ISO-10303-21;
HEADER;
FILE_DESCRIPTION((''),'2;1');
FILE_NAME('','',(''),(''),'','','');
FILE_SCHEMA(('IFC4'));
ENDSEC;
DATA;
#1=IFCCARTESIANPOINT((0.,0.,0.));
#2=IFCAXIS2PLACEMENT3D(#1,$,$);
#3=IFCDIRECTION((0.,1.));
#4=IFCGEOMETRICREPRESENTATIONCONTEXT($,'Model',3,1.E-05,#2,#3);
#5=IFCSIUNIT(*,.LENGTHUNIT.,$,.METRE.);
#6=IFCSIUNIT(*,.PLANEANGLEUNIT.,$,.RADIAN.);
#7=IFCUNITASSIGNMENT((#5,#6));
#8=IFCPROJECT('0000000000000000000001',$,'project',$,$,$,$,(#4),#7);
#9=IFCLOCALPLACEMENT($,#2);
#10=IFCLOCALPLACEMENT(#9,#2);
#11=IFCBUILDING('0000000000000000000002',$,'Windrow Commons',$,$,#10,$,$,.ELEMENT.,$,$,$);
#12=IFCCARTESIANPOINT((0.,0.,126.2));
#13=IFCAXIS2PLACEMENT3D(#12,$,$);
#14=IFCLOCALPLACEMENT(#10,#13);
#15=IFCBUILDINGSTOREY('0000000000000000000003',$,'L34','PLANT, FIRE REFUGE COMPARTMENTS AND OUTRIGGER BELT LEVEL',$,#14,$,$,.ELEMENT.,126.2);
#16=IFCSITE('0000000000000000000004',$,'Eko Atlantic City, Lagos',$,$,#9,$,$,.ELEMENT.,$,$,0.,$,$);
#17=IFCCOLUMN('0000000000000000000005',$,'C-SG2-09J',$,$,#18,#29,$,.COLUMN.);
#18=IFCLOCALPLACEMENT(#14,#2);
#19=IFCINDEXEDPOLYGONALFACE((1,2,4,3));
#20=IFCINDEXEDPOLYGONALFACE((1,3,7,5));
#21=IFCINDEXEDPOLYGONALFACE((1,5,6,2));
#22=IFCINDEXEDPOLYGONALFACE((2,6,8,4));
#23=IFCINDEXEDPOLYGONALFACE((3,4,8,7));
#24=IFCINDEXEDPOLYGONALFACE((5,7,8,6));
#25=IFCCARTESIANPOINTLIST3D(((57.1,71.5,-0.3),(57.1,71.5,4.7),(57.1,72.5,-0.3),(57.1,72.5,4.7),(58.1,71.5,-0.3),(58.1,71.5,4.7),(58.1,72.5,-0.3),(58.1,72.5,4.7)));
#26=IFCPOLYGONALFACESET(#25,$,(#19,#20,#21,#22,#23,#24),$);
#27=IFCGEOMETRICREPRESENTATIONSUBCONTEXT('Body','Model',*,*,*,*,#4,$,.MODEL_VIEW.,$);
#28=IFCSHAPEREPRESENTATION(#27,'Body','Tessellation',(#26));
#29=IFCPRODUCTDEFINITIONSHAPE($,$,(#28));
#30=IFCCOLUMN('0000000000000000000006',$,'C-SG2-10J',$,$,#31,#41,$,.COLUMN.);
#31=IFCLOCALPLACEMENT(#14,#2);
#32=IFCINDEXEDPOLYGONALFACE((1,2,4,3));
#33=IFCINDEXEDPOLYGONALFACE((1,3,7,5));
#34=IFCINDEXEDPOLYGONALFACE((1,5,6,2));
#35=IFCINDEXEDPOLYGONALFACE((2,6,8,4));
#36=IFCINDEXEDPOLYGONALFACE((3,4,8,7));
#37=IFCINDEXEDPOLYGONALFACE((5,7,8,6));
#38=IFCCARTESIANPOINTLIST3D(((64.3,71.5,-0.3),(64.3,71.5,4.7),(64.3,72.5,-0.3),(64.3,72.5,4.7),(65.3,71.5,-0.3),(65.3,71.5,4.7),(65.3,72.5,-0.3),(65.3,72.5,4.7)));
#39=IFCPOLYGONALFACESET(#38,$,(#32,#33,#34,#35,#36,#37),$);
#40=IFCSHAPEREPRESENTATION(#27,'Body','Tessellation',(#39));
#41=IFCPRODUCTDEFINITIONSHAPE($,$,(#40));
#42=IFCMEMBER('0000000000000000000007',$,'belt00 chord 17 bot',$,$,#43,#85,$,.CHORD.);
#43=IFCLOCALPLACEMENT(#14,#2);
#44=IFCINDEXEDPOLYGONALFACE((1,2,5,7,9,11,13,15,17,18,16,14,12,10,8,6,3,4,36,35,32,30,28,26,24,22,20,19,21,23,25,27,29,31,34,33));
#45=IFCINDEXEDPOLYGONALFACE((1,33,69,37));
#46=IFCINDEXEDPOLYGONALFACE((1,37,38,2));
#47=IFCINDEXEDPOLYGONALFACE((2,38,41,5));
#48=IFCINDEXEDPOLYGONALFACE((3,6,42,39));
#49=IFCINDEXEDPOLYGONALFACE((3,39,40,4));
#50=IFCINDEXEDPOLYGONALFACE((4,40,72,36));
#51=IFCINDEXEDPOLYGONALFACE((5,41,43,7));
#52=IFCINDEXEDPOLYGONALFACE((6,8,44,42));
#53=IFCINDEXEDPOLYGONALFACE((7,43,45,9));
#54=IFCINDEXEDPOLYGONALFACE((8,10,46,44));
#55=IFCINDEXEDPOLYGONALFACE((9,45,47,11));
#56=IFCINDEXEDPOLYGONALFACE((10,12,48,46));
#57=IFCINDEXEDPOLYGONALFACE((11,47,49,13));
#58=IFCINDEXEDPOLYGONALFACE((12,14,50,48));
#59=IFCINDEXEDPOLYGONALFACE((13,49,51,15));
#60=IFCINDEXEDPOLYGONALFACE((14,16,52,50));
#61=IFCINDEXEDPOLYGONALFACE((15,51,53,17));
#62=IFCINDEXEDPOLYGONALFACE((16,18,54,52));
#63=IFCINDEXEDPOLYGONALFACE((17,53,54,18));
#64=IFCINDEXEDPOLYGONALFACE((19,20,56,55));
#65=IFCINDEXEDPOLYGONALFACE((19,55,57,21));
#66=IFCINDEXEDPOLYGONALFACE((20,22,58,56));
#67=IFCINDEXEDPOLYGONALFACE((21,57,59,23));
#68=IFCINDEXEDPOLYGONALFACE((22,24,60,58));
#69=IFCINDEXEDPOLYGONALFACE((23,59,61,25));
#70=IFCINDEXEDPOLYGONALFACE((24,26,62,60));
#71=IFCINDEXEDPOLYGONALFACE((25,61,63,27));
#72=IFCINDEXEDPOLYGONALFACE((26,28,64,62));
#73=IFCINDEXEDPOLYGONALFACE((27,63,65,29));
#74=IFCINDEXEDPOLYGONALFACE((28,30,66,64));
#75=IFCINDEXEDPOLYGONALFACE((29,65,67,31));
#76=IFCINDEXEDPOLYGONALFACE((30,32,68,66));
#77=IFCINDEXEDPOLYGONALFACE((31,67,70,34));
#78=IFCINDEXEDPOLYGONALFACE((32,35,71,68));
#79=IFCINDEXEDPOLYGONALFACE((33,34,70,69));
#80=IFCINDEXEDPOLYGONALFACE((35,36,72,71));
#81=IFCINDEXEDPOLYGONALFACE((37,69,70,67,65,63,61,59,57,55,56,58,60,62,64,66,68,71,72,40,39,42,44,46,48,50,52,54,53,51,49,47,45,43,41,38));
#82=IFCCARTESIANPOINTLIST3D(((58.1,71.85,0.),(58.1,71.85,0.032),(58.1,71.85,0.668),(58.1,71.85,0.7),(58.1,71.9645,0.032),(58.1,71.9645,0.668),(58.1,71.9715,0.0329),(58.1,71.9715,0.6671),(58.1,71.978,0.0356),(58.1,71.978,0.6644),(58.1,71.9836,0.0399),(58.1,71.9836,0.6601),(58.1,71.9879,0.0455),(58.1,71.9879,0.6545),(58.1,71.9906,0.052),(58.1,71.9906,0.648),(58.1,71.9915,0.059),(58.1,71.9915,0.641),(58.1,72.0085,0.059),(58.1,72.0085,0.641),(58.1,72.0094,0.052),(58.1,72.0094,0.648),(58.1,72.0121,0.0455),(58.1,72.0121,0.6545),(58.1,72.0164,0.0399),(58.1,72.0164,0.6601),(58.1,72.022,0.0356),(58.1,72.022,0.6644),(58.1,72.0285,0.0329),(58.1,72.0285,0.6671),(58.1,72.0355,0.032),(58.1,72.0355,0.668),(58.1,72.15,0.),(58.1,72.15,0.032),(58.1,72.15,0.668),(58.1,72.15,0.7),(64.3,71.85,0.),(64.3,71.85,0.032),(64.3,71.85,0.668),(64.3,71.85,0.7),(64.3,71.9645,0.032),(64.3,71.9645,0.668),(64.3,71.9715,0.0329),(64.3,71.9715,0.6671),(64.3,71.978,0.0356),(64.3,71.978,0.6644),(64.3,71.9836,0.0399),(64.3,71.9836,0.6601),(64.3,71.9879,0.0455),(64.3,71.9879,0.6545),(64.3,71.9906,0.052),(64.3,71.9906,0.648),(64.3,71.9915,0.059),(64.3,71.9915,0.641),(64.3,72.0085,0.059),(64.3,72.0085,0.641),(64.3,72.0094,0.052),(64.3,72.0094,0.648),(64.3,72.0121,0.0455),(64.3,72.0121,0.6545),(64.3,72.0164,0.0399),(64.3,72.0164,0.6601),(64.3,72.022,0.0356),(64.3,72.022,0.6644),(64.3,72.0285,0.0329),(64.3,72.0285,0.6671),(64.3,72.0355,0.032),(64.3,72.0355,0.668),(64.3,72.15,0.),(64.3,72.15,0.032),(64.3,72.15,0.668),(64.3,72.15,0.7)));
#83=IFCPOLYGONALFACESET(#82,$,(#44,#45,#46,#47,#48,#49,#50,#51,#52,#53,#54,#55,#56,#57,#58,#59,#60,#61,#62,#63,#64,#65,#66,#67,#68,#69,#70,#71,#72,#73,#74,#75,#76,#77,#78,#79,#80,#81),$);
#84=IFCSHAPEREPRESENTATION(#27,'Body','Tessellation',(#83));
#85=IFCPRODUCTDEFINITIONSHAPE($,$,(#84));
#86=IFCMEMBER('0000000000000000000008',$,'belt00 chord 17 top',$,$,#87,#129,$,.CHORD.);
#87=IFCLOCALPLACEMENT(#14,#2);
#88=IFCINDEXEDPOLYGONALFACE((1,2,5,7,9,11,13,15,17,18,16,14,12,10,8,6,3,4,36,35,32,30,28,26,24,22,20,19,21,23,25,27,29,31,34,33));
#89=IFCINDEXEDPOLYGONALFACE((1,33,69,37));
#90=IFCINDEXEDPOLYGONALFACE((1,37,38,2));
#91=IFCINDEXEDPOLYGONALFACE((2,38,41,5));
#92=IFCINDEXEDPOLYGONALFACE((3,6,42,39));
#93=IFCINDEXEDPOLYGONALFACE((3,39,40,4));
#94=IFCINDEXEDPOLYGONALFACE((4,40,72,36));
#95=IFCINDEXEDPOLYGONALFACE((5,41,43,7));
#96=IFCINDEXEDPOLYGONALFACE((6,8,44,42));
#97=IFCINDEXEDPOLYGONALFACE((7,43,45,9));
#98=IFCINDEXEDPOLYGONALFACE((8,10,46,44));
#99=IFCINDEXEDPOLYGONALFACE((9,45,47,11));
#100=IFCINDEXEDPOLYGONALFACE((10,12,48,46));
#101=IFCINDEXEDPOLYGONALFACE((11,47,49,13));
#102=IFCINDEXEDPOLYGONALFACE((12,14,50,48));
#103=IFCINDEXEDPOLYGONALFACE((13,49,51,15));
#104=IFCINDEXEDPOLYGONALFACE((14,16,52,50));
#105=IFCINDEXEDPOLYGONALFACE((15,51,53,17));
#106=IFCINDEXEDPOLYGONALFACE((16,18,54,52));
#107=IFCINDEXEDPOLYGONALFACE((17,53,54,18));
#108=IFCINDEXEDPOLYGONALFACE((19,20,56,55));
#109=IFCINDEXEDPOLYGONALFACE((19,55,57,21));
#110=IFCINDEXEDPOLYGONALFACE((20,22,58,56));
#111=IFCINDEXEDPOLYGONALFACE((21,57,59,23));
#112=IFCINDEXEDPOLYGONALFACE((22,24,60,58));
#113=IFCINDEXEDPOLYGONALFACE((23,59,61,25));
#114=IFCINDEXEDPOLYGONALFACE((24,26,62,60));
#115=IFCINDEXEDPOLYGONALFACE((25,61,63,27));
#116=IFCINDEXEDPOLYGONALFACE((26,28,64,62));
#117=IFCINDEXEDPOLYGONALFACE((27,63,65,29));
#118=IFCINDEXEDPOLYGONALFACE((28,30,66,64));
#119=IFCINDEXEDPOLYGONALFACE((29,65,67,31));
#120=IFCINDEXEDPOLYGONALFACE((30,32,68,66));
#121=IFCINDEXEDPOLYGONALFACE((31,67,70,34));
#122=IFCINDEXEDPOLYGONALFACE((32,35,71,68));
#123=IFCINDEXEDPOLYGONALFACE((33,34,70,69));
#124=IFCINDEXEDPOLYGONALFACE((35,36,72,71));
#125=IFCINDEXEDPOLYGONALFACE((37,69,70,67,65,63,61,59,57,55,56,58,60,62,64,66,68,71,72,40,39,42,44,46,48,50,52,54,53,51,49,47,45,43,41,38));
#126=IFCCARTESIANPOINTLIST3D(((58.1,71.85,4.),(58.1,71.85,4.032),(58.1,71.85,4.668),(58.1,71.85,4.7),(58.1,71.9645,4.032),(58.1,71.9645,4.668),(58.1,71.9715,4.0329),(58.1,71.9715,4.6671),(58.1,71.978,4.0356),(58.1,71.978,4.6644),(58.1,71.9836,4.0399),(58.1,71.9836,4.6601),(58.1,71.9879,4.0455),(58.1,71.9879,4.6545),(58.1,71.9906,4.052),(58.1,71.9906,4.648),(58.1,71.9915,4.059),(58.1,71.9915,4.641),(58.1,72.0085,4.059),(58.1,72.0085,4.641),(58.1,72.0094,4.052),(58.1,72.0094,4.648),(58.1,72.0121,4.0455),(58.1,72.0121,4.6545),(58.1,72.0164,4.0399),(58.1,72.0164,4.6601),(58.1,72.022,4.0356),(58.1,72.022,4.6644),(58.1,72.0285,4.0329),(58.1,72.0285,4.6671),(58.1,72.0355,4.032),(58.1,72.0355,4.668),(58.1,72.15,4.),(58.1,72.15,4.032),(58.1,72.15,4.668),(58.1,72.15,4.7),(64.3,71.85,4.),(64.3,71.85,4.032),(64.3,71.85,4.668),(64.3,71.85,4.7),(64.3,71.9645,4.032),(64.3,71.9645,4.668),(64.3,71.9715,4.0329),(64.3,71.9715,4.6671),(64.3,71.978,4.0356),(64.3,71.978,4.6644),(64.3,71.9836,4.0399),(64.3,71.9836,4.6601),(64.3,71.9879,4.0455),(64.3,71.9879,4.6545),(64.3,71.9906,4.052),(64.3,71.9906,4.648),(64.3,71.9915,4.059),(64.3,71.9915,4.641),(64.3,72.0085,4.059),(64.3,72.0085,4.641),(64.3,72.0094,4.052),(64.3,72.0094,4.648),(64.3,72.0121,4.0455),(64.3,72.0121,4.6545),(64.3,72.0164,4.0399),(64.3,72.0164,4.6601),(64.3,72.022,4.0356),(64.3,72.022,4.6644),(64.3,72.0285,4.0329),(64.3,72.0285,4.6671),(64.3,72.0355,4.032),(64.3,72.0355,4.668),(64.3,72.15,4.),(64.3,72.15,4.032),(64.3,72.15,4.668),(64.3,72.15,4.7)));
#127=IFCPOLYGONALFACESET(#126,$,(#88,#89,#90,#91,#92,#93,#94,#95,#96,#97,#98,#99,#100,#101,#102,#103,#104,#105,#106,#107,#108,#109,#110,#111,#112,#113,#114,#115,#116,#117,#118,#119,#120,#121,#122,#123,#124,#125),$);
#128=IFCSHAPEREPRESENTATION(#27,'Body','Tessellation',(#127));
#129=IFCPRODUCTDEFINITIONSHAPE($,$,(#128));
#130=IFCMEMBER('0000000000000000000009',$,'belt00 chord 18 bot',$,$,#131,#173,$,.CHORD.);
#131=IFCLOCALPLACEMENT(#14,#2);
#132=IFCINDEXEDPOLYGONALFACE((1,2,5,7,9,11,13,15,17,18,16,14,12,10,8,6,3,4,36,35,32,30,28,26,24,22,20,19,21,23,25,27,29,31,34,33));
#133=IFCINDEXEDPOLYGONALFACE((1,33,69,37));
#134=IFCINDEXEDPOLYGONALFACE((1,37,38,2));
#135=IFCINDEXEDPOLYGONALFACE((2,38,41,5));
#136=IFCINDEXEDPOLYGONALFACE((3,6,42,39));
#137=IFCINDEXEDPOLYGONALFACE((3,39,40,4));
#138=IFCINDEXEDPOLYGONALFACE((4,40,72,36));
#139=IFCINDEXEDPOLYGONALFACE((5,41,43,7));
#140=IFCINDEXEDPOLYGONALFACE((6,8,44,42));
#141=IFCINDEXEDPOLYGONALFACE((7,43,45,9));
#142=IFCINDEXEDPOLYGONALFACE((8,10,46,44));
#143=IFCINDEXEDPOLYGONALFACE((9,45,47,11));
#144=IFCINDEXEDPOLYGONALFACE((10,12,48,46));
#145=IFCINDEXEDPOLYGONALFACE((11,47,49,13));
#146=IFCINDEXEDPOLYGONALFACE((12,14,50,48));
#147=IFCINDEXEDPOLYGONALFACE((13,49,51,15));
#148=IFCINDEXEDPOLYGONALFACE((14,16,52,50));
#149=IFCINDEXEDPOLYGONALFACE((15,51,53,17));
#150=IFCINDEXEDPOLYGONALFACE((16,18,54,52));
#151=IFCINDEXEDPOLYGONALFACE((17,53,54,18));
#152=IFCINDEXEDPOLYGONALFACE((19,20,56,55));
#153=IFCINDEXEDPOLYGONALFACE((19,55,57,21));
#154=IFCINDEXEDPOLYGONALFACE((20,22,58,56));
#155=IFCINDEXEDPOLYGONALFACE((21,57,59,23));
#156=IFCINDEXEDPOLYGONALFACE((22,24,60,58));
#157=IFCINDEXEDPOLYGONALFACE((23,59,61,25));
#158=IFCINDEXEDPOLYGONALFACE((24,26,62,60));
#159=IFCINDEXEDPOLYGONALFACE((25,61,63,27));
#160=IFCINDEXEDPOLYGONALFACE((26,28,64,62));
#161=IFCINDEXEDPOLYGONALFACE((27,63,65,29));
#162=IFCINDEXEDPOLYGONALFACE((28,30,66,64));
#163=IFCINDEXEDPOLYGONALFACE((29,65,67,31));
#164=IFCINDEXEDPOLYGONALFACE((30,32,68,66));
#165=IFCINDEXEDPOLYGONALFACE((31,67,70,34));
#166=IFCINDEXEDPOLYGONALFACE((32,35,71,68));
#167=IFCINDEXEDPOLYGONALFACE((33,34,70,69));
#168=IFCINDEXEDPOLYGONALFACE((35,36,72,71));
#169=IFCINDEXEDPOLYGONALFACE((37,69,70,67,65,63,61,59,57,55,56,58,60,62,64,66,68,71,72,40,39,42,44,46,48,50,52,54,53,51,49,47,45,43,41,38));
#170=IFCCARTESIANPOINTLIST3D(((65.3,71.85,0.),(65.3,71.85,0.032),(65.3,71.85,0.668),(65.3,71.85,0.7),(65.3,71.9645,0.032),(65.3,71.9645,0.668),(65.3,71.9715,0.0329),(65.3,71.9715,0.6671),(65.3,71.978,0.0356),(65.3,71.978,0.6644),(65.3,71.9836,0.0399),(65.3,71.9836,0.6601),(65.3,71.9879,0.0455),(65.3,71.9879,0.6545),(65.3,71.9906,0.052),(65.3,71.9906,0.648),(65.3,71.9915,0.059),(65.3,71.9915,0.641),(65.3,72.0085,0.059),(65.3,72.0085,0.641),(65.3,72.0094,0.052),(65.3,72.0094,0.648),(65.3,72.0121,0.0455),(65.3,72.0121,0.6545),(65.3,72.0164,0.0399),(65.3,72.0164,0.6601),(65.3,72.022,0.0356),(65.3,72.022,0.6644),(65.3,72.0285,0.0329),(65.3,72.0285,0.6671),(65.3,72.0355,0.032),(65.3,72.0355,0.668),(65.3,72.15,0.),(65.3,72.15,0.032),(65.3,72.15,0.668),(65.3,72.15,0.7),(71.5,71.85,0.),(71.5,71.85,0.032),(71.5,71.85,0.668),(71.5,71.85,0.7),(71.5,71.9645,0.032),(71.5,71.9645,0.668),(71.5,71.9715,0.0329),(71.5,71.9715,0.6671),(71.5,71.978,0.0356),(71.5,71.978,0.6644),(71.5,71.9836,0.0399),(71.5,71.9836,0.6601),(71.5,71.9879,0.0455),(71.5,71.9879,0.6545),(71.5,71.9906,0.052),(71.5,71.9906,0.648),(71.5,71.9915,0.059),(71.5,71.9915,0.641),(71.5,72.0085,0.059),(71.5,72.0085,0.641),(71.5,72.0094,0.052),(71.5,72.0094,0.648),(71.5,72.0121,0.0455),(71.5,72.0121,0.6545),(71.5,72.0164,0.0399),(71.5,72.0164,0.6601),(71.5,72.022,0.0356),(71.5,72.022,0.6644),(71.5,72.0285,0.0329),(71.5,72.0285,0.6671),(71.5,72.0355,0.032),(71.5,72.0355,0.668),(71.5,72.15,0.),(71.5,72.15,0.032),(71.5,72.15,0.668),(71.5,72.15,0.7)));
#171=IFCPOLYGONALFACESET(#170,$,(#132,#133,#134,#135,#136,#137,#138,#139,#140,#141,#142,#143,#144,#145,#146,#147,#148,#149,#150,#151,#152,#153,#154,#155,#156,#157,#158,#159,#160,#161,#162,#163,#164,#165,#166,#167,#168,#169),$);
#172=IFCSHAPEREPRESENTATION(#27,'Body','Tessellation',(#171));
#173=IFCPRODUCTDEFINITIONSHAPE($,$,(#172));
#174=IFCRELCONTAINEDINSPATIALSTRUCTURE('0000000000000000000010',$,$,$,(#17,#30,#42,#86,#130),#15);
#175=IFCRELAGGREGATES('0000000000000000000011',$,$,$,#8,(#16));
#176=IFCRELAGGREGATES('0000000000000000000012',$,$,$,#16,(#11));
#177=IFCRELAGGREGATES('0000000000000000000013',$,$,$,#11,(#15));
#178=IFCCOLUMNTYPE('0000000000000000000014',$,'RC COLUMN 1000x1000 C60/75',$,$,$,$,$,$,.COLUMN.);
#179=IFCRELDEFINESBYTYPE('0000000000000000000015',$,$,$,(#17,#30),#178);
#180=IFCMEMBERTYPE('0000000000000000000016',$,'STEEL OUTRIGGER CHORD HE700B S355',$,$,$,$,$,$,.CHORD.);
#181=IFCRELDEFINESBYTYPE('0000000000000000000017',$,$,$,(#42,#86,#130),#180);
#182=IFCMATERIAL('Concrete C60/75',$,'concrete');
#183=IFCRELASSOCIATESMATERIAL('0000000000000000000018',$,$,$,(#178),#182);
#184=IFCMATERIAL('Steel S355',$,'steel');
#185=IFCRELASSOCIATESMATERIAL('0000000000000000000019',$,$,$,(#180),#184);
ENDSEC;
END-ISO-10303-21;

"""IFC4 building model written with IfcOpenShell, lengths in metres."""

from ifc_helpers import new_model, si_unit, direction, frame, origin, origin_2d, place, context, subcontext, project, spatial, rectangle, i_section, extrude, material, material_profile, profile_set, type_object, element, save


model = new_model("IFC4")

# Units and contexts
model_context = context("Model", 3, precision=1e-05, world=origin(), true_north=direction((0.0, 1.0)))
body_context = subcontext(model_context, "Body", "Model", "MODEL_VIEW")
ifc_project = project(units=[si_unit("LENGTHUNIT", "METRE"), si_unit("PLANEANGLEUNIT", "RADIAN")], contexts=[model_context])

# Site, building, storey
site_placement = place(None, origin())
site = spatial("IfcSite", under=ifc_project, at=site_placement, Name="Eko Atlantic City, Lagos", CompositionType="ELEMENT", RefElevation=0.0)
building_placement = place(site_placement, origin())
building = spatial("IfcBuilding", under=site, at=building_placement, Name="Windrow Commons", CompositionType="ELEMENT")
storey_placement = place(building_placement, frame((0.0, 0.0, 126.2)))
storey = spatial("IfcBuildingStorey", under=building, at=storey_placement, Name="L34", Description="PLANT, FIRE REFUGE COMPARTMENTS AND OUTRIGGER BELT LEVEL", CompositionType="ELEMENT", Elevation=126.2)

# Columns
ifc_material_1 = material(Name="Concrete C60/75", Category="concrete")
ifc_material_profile_1 = material_profile(ifc_material_1, rectangle(XDim=1.0, YDim=1.0, at=origin_2d()))
ifc_profile_set_1 = profile_set([ifc_material_profile_1], Name="Concrete C60/75")
column_type = type_object("IfcColumnType", Name="RC COLUMN 1000x1000 C60/75", PredefinedType="COLUMN", material=ifc_profile_set_1)
for number, where, z_axis, x_axis, name in (
    (1, (57.6, 72.0, -0.3), (0.0, 0.0, 1.0), (1.0, 0.0, 0.0), "C-SG2-09J"),
    (2, (64.8, 72.0, -0.3), (0.0, 0.0, 1.0), (1.0, 0.0, 0.0), "C-SG2-10J"),
):
    element("IfcColumn", number, at=place(storey_placement, frame(where, z_axis=z_axis, x_axis=x_axis)), inside=storey, type_object=column_type, Name=name, PredefinedType="COLUMN", context=body_context, shape_type="SweptSolid", body=[
        extrude(rectangle(XDim=1.0, YDim=1.0, at=origin_2d()), origin(), (0.0, 0.0, 1.0), 5.0),
    ])

# Members
ifc_material_2 = material(Name="Steel S355", Category="steel")
ifc_material_profile_2 = material_profile(ifc_material_2, i_section(OverallWidth=0.3, OverallDepth=0.7, WebThickness=0.017, FlangeThickness=0.032, FilletRadius=0.027, at=origin_2d()))
ifc_profile_set_2 = profile_set([ifc_material_profile_2], Name="Steel S355")
member_type_1 = type_object("IfcMemberType", Name="STEEL OUTRIGGER CHORD HE700B S355", PredefinedType="CHORD", material=ifc_profile_set_2)
for number, where, z_axis, x_axis, name in (
    (3, (58.1, 72.0, 0.35), (1.0, 0.0, 0.0), (0.0, 1.0, 0.0), "belt00 chord 17 bot"),
    (4, (58.1, 72.0, 4.35), (1.0, 0.0, 0.0), (0.0, 1.0, 0.0), "belt00 chord 17 top"),
    (5, (65.3, 72.0, 0.35), (1.0, 0.0, 0.0), (0.0, 1.0, 0.0), "belt00 chord 18 bot"),
):
    element("IfcMember", number, at=place(storey_placement, frame(where, z_axis=z_axis, x_axis=x_axis)), inside=storey, type_object=member_type_1, Name=name, PredefinedType="CHORD", context=body_context, shape_type="SweptSolid", body=[
        extrude(i_section(OverallWidth=0.3, OverallDepth=0.7, WebThickness=0.017, FlangeThickness=0.032, FilletRadius=0.027, at=origin_2d()), origin(), (0.0, 0.0, 1.0), 6.2),
    ])

save(model, "model.ifc")
